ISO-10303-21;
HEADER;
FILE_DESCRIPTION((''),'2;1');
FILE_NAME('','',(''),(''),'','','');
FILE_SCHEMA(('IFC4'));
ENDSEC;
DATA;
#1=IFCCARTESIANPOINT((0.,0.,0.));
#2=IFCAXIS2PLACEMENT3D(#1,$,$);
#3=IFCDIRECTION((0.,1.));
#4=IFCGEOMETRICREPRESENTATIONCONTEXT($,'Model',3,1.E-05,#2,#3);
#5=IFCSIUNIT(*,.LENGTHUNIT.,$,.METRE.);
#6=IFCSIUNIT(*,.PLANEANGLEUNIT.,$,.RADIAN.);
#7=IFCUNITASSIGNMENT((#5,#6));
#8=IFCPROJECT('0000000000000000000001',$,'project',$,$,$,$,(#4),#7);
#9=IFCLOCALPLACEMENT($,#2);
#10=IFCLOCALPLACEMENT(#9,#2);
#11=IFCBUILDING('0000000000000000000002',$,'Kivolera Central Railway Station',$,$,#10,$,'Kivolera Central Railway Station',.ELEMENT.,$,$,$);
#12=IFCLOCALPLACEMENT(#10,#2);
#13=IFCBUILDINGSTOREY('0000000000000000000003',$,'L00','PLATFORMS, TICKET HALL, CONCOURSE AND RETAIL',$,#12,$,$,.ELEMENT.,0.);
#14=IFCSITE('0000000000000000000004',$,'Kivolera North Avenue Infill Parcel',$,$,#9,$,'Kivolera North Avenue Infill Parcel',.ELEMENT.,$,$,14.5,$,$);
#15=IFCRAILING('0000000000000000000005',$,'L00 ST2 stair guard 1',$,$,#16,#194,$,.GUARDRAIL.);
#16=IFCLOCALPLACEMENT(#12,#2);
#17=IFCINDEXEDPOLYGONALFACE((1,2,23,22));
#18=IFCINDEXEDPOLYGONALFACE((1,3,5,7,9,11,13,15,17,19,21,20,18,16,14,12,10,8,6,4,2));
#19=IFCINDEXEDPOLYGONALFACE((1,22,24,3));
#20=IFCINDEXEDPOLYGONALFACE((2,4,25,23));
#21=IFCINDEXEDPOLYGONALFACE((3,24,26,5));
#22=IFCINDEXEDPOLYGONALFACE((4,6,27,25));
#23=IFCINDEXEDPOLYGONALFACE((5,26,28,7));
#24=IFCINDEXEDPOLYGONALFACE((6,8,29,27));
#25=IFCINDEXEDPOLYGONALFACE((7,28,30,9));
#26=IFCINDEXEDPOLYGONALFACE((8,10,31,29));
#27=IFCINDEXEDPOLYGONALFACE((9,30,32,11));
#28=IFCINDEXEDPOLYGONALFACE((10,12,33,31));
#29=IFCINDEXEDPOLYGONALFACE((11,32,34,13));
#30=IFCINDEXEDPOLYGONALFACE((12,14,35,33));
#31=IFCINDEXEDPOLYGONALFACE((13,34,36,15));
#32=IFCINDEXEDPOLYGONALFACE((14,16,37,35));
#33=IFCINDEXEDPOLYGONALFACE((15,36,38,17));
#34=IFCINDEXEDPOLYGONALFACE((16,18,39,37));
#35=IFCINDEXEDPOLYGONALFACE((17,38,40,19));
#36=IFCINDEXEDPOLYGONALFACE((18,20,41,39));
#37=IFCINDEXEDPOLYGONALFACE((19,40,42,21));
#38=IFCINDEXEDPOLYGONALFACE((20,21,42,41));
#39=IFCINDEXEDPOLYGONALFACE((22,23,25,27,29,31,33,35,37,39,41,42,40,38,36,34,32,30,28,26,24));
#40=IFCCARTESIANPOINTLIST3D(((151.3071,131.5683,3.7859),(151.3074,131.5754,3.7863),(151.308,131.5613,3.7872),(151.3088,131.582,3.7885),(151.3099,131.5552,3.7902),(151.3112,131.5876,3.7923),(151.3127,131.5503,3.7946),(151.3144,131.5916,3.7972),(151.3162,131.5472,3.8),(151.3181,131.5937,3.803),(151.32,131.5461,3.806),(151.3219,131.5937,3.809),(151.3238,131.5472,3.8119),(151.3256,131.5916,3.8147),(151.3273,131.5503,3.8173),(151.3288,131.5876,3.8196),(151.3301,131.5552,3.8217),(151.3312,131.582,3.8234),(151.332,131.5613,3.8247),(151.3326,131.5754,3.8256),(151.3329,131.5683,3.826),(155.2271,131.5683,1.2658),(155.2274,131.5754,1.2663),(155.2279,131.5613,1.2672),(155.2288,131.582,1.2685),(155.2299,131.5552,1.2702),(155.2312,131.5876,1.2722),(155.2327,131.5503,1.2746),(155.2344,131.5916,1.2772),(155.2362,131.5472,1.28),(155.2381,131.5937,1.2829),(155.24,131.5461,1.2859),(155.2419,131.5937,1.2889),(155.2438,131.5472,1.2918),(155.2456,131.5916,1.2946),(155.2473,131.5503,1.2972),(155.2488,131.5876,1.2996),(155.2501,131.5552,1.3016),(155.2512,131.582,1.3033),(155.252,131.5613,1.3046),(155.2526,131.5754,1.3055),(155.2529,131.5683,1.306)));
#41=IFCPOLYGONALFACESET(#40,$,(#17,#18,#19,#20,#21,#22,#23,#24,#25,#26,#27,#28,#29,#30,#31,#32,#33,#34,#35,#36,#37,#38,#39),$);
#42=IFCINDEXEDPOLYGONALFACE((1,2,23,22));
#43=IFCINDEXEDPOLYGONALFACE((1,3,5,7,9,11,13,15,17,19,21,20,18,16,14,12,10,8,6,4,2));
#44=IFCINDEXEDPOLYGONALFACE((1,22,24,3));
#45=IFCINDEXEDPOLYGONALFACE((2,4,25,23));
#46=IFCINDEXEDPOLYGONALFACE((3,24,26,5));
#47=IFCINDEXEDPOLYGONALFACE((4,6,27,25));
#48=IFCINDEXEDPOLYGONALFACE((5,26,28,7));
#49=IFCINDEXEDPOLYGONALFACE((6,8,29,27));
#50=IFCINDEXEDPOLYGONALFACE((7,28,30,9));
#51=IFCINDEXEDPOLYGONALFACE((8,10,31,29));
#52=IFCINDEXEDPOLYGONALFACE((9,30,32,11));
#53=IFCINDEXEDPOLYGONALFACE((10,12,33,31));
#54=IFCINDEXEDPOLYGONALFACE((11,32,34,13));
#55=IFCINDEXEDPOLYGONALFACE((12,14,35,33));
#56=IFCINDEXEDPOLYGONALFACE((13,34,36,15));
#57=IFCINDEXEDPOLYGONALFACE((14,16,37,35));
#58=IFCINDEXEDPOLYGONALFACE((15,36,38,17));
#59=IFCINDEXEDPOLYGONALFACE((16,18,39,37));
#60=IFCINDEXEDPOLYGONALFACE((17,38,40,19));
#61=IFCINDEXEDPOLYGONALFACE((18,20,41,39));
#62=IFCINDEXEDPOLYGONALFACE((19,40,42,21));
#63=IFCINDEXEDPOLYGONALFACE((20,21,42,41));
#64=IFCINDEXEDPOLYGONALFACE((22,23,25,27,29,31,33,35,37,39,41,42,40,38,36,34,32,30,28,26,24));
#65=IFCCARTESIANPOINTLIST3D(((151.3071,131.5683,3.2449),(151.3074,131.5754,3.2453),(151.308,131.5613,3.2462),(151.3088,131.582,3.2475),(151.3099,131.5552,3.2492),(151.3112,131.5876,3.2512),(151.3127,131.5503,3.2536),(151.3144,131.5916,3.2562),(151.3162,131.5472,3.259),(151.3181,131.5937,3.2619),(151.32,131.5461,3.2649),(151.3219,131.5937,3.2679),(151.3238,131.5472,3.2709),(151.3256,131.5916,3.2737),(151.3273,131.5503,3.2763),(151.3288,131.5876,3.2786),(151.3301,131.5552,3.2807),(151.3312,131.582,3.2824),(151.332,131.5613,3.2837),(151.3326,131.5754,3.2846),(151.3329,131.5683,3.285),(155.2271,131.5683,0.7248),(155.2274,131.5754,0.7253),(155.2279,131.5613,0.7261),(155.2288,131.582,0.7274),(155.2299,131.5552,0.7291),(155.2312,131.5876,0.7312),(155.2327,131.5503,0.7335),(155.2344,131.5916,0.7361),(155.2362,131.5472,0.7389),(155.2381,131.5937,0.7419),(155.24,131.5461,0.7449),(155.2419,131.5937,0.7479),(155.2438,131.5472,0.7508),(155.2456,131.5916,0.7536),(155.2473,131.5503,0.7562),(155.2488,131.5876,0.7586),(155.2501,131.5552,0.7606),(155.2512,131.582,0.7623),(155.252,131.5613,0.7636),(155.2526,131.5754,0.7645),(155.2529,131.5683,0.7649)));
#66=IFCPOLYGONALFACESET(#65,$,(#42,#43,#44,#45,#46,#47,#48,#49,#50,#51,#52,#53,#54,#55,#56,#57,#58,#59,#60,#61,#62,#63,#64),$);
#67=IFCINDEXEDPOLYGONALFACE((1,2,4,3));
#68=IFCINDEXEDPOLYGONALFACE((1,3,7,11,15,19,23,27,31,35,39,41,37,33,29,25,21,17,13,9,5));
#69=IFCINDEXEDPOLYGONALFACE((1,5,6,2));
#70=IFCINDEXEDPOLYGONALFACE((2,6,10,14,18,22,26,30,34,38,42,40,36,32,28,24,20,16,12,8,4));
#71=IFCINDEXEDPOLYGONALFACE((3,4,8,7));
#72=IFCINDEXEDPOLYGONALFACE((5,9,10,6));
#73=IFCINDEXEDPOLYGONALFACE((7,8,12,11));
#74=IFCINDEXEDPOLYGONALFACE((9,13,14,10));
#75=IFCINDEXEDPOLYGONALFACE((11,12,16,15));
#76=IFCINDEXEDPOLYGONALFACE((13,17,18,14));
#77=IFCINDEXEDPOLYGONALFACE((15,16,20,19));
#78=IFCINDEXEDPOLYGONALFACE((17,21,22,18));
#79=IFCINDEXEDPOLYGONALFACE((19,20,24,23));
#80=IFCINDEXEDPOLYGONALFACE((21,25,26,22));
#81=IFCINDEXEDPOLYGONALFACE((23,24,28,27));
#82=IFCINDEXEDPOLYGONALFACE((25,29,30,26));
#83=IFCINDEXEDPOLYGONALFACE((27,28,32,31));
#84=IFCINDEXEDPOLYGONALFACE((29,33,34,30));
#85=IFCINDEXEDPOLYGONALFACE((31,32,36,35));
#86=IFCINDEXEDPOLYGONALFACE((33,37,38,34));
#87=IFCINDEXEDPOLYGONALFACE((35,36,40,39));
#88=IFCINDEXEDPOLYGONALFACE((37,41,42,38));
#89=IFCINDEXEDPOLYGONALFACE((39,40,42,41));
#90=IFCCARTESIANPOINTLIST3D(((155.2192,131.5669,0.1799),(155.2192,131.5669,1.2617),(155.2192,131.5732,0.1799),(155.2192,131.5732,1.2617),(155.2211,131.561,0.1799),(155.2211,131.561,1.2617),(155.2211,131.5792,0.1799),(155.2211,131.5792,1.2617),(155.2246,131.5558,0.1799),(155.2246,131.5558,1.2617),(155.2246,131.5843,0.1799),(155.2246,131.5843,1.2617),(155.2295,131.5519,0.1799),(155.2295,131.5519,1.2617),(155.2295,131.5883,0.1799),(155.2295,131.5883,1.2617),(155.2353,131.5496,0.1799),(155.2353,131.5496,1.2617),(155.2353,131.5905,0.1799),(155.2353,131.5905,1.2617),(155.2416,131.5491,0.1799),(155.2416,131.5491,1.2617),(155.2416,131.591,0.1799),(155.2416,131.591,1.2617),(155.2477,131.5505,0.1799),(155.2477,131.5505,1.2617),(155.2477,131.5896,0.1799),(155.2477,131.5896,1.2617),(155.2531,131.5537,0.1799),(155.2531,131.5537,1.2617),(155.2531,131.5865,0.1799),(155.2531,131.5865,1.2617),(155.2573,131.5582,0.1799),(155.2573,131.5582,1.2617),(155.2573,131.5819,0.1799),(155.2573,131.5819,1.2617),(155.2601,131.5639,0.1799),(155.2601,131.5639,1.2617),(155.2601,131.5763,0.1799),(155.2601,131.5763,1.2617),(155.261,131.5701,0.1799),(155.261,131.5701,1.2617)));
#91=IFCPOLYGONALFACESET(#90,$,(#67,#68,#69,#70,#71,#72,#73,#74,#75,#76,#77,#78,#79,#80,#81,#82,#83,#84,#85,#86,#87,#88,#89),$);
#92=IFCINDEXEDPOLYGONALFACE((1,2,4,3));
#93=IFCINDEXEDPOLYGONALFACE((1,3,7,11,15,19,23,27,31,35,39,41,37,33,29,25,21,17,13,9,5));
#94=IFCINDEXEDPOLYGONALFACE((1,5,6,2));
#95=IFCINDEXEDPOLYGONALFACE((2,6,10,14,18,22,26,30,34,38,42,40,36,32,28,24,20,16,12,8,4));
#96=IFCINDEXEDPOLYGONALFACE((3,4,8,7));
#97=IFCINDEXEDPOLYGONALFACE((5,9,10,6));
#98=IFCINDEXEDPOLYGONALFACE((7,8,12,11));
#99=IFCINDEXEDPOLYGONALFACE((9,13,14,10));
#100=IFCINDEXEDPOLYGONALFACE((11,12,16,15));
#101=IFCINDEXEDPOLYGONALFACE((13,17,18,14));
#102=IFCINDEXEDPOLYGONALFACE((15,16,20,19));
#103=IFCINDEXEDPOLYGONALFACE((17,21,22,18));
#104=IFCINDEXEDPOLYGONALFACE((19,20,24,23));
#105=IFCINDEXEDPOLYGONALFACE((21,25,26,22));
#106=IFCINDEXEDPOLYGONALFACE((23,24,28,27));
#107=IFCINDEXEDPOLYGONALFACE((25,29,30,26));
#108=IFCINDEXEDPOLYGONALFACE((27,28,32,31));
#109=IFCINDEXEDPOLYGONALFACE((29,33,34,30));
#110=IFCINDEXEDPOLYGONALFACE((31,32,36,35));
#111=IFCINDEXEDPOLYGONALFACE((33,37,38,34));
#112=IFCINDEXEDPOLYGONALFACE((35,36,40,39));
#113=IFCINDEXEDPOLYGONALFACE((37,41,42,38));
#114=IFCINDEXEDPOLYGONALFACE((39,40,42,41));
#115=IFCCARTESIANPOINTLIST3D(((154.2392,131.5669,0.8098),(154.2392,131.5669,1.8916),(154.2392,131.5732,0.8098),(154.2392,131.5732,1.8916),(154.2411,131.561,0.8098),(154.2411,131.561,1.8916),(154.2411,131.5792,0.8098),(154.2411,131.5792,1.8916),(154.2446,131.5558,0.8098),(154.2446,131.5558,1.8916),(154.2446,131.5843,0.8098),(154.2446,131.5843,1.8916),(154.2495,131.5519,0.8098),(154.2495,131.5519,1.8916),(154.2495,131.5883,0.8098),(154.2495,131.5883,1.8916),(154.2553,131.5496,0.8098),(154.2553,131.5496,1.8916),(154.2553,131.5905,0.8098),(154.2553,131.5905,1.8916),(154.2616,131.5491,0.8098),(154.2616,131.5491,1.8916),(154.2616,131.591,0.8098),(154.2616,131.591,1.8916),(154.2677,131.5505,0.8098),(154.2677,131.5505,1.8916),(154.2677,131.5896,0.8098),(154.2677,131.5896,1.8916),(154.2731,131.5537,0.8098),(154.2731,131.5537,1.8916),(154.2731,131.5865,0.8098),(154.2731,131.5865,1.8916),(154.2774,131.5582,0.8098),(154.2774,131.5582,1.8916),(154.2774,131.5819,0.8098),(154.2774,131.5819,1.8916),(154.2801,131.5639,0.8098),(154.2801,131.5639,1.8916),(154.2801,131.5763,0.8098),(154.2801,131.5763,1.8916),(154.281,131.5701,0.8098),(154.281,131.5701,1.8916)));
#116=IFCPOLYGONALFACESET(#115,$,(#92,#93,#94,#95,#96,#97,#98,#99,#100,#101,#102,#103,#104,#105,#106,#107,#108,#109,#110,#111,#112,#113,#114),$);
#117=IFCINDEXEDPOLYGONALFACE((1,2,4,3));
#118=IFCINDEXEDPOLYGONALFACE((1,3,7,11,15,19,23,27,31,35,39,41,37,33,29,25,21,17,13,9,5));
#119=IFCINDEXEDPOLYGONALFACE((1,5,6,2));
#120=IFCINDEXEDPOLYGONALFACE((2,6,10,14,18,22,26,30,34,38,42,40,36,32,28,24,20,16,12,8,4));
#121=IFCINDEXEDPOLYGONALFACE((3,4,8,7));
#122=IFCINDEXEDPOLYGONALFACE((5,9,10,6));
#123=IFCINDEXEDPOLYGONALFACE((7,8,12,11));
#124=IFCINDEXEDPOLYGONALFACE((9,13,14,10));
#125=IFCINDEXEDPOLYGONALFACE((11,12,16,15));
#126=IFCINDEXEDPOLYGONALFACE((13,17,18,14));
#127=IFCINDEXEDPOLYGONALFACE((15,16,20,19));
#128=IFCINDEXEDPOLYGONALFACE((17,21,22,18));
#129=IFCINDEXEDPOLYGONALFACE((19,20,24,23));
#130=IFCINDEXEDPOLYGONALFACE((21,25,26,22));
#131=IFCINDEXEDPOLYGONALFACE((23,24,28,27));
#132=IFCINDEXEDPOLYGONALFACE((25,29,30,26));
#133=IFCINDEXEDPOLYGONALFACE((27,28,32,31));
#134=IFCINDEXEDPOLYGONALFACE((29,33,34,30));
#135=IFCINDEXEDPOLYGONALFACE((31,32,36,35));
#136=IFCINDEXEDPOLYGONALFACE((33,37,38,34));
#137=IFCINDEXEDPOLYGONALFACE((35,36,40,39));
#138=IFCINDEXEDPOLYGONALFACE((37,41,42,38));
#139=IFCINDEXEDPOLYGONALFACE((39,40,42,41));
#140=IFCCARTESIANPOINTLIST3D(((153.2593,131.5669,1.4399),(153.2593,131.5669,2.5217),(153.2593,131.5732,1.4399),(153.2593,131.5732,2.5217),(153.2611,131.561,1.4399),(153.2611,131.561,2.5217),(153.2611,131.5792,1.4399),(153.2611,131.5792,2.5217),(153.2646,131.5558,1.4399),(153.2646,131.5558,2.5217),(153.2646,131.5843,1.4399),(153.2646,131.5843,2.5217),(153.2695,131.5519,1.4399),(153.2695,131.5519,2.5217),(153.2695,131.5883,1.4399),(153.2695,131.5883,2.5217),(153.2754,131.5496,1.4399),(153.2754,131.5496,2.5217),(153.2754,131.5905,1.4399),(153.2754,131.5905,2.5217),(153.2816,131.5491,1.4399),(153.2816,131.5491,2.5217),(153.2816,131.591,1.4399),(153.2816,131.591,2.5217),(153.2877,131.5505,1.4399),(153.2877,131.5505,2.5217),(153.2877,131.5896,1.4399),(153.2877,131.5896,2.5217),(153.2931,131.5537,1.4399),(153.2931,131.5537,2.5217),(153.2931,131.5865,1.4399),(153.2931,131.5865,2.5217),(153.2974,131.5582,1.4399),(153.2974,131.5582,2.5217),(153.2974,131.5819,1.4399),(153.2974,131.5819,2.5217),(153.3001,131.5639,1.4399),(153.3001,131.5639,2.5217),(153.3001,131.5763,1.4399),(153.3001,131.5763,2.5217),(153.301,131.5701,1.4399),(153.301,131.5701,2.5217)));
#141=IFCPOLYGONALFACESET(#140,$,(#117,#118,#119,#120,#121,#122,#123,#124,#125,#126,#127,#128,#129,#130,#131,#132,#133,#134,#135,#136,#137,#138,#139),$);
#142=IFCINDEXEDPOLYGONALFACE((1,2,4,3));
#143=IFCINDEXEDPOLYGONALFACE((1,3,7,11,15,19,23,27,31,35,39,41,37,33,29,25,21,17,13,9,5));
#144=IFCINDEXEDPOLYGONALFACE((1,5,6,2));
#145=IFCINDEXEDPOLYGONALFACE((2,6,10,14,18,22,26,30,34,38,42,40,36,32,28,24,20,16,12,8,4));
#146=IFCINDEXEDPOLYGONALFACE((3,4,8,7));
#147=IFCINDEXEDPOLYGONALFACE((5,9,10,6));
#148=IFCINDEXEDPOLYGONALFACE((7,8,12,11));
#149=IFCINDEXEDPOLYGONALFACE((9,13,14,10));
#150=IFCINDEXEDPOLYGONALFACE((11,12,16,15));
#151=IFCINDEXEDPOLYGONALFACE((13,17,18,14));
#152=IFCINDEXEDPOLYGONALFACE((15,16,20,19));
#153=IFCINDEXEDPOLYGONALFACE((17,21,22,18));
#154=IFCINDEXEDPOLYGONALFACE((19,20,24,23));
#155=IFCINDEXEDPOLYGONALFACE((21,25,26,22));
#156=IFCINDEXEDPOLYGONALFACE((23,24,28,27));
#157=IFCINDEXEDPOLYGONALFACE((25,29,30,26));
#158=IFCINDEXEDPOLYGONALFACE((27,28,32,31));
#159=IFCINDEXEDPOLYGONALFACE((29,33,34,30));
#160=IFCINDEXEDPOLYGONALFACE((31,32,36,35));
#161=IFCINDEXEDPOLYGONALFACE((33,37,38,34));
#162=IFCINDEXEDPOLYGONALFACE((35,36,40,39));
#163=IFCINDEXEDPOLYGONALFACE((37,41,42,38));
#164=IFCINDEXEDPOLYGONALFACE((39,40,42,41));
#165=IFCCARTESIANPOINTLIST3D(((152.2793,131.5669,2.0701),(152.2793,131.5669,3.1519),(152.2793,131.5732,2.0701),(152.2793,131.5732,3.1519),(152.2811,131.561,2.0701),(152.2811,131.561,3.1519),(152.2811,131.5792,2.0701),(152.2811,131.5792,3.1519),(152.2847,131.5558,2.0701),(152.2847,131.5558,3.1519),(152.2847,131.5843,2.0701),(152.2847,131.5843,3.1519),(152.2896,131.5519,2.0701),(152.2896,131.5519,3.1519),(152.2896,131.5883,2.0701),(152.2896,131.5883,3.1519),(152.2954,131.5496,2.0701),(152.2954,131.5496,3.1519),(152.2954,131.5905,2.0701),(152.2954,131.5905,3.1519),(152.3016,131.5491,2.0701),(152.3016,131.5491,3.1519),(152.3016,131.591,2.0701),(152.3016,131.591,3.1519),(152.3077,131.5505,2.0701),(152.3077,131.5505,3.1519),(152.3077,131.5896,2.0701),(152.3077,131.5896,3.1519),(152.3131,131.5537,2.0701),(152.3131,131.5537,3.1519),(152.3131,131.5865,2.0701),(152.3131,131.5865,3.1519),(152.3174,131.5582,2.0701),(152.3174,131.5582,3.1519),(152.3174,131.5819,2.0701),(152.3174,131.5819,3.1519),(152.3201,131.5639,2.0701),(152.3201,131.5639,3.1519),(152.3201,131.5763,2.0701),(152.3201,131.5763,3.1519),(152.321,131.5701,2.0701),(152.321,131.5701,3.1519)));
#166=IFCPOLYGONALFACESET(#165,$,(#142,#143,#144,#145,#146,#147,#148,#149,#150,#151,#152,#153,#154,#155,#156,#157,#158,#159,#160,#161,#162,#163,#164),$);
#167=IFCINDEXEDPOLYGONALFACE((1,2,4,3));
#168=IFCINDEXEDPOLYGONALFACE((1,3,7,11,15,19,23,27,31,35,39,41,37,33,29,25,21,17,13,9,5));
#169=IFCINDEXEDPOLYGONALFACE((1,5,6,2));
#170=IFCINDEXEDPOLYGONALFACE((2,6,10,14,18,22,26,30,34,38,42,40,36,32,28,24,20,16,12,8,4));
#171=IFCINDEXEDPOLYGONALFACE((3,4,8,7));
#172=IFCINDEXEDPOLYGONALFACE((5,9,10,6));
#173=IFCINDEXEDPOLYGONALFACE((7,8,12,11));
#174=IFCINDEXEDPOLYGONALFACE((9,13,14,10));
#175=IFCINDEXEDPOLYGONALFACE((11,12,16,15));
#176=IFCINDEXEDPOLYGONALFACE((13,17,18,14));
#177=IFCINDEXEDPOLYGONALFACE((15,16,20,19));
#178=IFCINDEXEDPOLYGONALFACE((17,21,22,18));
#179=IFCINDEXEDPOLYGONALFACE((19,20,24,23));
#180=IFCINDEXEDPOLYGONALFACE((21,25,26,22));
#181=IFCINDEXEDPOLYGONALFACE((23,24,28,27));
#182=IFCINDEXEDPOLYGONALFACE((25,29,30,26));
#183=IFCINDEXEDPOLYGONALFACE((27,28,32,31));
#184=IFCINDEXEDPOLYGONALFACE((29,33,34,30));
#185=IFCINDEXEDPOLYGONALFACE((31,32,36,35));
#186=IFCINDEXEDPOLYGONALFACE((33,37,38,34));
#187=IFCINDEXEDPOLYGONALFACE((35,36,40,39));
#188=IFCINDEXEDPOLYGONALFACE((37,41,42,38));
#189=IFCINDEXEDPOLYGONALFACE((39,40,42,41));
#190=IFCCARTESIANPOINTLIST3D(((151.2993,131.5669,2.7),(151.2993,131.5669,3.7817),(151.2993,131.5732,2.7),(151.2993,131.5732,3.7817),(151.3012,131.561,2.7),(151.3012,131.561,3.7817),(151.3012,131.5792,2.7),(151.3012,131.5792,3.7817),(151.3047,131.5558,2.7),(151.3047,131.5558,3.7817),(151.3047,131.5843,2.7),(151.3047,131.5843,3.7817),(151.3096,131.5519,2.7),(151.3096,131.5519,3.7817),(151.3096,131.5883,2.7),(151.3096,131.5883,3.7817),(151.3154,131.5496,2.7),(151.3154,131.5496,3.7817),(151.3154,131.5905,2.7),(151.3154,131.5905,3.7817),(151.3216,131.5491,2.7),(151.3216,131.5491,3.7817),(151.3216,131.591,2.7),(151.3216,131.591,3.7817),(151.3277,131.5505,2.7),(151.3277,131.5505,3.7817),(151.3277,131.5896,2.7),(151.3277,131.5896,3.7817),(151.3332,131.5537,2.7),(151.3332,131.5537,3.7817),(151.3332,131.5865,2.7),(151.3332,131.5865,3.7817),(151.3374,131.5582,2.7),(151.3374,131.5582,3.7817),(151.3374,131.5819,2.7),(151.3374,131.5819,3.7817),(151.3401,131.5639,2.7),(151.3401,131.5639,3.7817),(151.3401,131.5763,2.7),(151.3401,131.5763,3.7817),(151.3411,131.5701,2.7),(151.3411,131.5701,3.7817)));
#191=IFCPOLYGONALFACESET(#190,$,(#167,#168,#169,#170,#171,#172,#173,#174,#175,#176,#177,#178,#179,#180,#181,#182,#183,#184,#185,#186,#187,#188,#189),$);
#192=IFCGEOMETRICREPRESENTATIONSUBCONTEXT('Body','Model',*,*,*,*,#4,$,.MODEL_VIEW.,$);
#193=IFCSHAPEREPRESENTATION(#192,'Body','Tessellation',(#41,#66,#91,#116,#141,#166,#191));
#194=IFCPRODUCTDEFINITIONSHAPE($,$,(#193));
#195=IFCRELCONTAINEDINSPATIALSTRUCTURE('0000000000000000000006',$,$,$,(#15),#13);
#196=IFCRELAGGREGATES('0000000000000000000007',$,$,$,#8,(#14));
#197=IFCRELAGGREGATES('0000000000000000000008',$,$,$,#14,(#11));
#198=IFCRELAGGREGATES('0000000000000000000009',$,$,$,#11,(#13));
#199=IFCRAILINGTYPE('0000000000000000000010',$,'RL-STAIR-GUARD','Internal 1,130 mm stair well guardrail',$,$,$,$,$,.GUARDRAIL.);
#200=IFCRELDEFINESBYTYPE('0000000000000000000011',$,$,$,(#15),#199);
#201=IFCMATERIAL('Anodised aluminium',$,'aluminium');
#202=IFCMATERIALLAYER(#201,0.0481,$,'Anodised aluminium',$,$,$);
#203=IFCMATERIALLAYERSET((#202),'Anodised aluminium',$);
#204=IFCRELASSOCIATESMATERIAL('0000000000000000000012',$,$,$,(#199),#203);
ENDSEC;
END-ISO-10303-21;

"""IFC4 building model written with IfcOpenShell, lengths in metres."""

from ifc_helpers import new_model, si_unit, direction, frame, origin, origin_2d, place, context, subcontext, project, spatial, circle, extrude, material, layer, layer_set, type_object, element, save


model = new_model("IFC4")

# Units and contexts
model_context = context("Model", 3, precision=1e-05, world=origin(), true_north=direction((0.0, 1.0)))
body_context = subcontext(model_context, "Body", "Model", "MODEL_VIEW")
ifc_project = project(units=[si_unit("LENGTHUNIT", "METRE"), si_unit("PLANEANGLEUNIT", "RADIAN")], contexts=[model_context])

# Site, building, storey
site_placement = place(None, origin())
site = spatial("IfcSite", under=ifc_project, at=site_placement, Name="Kivolera North Avenue Infill Parcel", LongName="Kivolera North Avenue Infill Parcel", CompositionType="ELEMENT", RefElevation=14.5)
building_placement = place(site_placement, origin())
building = spatial("IfcBuilding", under=site, at=building_placement, Name="Kivolera Central Railway Station", LongName="Kivolera Central Railway Station", CompositionType="ELEMENT")
storey_placement = place(building_placement, origin())
storey = spatial("IfcBuildingStorey", under=building, at=storey_placement, Name="L00", Description="PLATFORMS, TICKET HALL, CONCOURSE AND RETAIL", CompositionType="ELEMENT", Elevation=0.0)

# Shared definitions
ifc_material_1 = material(Name="Anodised aluminium", Category="aluminium")

# Railing
ifc_layer_1 = layer(ifc_material_1, 0.0481, Name="Anodised aluminium")
ifc_layer_set_1 = layer_set([ifc_layer_1], Name="Anodised aluminium")
railing_type_1 = type_object("IfcRailingType", Name="RL-STAIR-GUARD", Description="Internal 1,130 mm stair well guardrail", PredefinedType="GUARDRAIL", material=ifc_layer_set_1)
railing_1_placement = place(storey_placement, frame((155.24, 131.5701, 0.1799)))
element("IfcRailing", 1, at=railing_1_placement, inside=storey, type_object=railing_type_1, Name="L00 ST2 stair guard 1", PredefinedType="GUARDRAIL", context=body_context, shape_type="SweptSolid", body=[
    extrude(circle(Radius=0.0239, at=origin_2d()), frame((0.0, 0.0, 1.106), z_axis=(-0.841172, 0.0, 0.540768), x_axis=(0.0, -1.0, 0.0)), (0.0, 0.0, 1.0), 4.6602),
    extrude(circle(Radius=0.0239, at=origin_2d()), frame((0.0, 0.0, 0.5649), z_axis=(-0.841172, 0.0, 0.540768), x_axis=(0.0, -1.0, 0.0)), (0.0, 0.0, 1.0), 4.6602),
    extrude(circle(Radius=0.021, at=origin_2d()), origin(), (0.0, 0.0, 1.0), 1.0818),
    extrude(circle(Radius=0.021, at=origin_2d()), frame((-0.98, 0.0, 0.6299)), (0.0, 0.0, 1.0), 1.0818),
    extrude(circle(Radius=0.021, at=origin_2d()), frame((-1.96, 0.0, 1.26)), (0.0, 0.0, 1.0), 1.0818),
    extrude(circle(Radius=0.021, at=origin_2d()), frame((-2.9399, 0.0, 1.8901)), (0.0, 0.0, 1.0), 1.0818),
    extrude(circle(Radius=0.021, at=origin_2d()), frame((-3.9199, 0.0, 2.52)), (0.0, 0.0, 1.0), 1.0818),
])

save(model, "model.ifc")
